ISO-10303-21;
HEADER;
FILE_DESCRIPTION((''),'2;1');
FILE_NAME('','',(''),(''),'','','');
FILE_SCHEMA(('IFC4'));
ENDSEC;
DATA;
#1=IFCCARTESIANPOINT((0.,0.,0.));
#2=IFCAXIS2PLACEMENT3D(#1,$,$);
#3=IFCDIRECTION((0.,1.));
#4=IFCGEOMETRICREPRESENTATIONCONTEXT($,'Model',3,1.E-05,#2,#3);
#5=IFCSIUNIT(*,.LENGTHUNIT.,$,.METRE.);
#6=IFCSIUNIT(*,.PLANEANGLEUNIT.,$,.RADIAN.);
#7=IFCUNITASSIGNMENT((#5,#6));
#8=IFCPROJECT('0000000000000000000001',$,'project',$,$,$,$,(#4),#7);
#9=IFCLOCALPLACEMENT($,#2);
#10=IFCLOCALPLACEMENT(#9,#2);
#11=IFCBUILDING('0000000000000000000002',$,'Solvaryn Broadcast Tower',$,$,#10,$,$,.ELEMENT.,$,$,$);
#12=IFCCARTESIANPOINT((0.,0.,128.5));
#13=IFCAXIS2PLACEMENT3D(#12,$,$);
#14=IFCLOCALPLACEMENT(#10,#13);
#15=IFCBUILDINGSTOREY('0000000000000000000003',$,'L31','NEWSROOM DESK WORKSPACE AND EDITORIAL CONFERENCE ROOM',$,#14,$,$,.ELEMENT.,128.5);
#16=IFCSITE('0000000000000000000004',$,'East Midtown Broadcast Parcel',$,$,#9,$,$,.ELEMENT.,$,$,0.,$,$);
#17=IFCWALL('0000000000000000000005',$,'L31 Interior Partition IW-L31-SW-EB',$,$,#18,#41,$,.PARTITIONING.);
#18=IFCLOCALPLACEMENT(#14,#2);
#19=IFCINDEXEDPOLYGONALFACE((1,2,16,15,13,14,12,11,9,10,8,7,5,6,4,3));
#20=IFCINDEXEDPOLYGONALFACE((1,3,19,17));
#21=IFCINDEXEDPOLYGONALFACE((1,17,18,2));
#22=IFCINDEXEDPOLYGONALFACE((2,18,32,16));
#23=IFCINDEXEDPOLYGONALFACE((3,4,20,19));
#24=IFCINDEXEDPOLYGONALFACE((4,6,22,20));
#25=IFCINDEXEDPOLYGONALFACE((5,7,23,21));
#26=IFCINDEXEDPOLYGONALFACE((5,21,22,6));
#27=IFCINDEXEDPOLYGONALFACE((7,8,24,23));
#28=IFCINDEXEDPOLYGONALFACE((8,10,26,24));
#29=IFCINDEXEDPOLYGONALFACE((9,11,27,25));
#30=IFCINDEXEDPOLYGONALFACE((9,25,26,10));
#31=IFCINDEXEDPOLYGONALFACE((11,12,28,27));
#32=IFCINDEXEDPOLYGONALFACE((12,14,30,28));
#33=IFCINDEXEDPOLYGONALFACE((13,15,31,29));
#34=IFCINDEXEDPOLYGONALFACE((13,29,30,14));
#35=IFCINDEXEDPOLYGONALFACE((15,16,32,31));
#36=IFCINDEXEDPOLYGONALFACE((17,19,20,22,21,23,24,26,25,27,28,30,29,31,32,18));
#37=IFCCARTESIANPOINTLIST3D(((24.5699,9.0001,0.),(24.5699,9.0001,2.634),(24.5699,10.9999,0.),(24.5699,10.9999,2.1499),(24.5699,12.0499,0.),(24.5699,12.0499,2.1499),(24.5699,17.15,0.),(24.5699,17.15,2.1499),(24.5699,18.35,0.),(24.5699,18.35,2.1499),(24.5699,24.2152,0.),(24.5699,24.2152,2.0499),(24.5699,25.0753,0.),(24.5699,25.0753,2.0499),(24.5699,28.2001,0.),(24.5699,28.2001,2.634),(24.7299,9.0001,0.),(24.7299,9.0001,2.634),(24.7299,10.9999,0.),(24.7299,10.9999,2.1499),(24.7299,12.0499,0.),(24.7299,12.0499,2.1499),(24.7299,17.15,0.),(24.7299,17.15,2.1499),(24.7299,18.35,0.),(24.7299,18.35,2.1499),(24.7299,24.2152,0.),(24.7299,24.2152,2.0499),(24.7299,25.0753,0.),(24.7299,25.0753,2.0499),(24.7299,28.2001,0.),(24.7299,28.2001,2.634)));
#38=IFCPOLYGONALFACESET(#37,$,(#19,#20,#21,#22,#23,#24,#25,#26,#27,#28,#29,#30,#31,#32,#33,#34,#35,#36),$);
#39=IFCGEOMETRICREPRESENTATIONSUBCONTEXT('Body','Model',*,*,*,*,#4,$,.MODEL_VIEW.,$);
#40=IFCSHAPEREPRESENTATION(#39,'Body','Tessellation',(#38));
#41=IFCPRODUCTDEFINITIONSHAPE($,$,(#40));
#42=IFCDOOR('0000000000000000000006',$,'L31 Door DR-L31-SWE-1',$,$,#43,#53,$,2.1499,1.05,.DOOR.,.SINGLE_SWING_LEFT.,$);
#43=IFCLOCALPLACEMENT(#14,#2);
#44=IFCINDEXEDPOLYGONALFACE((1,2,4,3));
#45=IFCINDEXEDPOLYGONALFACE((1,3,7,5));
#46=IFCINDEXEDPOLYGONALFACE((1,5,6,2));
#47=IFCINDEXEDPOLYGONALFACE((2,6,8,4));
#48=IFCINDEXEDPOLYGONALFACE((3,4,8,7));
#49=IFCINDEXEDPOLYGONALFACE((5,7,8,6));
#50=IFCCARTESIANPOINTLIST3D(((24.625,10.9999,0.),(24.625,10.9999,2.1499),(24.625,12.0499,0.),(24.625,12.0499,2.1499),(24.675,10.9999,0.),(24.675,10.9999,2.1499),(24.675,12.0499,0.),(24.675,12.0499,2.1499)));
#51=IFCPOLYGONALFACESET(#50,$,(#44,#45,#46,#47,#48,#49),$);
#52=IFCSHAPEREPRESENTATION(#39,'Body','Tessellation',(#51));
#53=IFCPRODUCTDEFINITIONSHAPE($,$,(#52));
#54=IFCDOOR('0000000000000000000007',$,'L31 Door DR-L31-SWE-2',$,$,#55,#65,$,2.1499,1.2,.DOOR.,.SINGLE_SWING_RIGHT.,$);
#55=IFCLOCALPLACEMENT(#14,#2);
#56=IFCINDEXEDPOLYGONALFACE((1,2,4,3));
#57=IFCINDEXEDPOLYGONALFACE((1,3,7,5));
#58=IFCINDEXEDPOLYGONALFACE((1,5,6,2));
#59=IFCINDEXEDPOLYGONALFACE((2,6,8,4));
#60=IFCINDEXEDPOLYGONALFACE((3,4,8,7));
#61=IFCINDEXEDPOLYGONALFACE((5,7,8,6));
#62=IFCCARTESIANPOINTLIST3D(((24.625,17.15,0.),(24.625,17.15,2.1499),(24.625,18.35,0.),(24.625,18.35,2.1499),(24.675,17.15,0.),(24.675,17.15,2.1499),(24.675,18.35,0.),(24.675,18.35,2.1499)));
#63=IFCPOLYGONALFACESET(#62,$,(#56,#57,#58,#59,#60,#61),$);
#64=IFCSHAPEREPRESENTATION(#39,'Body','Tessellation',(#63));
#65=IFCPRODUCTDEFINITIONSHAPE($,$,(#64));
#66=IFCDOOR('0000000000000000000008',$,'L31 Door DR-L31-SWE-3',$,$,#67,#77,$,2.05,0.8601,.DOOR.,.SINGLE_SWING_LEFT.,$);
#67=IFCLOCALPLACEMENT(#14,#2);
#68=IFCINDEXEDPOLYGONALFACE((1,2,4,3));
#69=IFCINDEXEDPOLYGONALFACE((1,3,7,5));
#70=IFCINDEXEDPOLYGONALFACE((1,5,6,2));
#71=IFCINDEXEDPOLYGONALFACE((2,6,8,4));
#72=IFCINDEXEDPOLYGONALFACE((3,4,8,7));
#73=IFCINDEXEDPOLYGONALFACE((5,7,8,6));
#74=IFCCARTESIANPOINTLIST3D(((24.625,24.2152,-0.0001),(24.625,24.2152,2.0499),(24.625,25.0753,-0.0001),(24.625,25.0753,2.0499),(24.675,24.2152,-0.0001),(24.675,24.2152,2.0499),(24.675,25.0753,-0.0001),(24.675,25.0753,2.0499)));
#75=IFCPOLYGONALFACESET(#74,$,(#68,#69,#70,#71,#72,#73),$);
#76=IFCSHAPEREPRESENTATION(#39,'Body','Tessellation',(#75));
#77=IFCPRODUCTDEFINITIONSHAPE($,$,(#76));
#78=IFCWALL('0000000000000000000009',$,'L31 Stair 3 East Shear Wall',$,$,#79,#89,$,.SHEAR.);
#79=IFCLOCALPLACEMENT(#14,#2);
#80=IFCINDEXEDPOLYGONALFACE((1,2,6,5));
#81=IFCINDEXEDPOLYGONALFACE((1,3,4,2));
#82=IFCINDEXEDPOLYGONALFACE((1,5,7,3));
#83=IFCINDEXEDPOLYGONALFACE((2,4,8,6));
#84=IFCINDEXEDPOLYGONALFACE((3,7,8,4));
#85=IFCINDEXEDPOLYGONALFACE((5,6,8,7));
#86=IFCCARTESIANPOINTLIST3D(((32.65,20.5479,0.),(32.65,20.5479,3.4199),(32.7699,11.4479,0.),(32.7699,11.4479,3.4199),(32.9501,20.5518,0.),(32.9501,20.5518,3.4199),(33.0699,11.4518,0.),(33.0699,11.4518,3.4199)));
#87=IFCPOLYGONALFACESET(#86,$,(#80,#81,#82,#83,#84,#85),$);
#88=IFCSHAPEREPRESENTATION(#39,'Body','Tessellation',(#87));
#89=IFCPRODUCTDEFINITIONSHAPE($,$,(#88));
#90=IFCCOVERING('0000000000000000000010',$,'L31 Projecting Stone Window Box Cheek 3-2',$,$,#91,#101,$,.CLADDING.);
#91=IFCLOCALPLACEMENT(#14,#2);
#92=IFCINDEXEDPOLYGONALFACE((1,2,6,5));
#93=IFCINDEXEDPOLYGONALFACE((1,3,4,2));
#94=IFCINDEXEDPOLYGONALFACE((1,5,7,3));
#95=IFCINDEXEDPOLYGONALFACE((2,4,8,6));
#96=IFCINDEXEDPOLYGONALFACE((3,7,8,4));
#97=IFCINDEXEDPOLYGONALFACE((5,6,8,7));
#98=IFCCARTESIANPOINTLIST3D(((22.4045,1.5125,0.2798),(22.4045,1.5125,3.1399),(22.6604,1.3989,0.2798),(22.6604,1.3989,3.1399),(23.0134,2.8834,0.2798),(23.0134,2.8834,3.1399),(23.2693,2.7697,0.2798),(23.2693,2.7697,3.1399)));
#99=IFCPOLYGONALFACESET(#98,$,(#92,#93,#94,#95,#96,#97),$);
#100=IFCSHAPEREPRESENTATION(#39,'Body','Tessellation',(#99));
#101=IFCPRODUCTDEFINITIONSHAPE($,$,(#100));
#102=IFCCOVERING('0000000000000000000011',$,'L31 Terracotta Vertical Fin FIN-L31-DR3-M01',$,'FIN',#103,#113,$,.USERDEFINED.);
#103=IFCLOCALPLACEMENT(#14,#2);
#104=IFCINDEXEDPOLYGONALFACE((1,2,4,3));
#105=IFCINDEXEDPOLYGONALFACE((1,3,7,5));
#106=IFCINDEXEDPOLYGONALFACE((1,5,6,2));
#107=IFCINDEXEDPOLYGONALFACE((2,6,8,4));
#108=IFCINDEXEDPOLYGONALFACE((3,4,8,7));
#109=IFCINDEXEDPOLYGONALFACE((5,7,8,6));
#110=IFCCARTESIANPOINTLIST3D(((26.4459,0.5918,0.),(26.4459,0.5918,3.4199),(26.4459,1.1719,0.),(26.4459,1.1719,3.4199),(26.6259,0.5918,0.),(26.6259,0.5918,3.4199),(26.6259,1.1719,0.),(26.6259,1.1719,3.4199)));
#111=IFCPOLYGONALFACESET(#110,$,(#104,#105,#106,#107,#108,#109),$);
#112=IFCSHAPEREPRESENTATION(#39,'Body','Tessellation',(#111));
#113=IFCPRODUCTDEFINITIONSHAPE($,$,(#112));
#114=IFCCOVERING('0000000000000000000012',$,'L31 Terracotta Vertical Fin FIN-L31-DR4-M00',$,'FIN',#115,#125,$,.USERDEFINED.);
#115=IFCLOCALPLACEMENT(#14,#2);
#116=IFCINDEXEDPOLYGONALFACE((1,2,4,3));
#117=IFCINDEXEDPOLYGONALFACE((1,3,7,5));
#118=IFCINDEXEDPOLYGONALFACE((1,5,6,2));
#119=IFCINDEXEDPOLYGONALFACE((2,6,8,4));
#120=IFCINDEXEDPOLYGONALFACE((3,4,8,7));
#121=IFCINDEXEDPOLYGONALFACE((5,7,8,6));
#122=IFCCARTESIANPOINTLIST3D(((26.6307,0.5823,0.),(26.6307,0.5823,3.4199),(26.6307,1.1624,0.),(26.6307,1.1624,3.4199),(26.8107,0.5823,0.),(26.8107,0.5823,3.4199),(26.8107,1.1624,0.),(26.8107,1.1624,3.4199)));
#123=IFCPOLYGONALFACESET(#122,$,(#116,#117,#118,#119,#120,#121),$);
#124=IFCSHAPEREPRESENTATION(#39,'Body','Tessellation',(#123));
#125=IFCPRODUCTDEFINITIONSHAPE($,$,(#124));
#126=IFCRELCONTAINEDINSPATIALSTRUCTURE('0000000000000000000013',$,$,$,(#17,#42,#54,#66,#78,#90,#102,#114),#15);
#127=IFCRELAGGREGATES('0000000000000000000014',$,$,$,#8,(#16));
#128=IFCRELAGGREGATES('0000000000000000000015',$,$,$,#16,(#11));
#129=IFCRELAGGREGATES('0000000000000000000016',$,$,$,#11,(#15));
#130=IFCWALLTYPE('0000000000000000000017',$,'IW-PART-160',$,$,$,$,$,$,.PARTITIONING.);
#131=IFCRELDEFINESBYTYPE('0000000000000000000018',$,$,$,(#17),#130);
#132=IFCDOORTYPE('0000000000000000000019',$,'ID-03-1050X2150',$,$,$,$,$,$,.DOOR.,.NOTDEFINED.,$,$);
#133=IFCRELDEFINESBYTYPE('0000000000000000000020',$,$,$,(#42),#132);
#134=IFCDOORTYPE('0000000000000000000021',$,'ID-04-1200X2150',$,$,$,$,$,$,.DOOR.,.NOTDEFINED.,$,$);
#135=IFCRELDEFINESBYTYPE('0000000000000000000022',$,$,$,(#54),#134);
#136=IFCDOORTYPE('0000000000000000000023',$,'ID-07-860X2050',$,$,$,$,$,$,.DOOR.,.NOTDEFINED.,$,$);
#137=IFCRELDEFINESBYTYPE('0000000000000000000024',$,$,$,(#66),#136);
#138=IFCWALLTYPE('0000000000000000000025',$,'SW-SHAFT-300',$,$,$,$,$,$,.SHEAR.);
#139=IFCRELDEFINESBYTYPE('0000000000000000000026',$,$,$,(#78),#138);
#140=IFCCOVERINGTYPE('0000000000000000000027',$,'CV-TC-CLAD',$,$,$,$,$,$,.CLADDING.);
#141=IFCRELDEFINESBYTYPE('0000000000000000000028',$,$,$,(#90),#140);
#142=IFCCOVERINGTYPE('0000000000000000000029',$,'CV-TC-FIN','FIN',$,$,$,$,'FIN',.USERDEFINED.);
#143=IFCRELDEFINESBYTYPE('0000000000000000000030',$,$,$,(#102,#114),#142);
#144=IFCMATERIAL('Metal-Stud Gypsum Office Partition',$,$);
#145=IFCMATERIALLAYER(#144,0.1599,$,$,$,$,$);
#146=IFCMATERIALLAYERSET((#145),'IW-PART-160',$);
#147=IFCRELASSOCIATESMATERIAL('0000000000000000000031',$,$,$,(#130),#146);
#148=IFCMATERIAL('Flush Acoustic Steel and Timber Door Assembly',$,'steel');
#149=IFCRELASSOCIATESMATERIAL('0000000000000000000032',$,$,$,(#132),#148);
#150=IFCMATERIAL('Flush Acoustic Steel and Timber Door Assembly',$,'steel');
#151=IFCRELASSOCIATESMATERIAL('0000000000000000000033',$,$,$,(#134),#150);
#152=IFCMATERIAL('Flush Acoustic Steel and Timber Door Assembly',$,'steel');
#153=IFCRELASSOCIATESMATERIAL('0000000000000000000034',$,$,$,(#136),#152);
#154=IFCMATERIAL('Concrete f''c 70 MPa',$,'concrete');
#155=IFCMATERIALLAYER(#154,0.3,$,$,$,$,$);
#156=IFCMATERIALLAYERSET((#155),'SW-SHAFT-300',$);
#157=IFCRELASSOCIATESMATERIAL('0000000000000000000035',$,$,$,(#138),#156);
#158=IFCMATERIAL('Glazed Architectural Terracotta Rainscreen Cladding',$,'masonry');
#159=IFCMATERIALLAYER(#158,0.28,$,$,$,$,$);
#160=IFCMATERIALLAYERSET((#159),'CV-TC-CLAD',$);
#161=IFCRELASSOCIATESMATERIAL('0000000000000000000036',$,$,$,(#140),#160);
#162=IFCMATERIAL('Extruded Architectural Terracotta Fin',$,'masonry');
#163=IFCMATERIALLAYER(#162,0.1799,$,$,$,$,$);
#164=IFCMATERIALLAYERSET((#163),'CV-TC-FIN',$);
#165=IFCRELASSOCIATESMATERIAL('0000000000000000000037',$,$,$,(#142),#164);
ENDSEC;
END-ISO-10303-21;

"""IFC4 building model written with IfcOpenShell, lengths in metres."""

from ifc_helpers import new_model, si_unit, direction, frame, frame_2d, origin, origin_2d, place, context, subcontext, project, spatial, rectangle, extrude, material, layer, layer_set, type_object, element, fill, save


model = new_model("IFC4")

# Units and contexts
model_context = context("Model", 3, precision=1e-05, world=origin(), true_north=direction((0.0, 1.0)))
body_context = subcontext(model_context, "Body", "Model", "MODEL_VIEW")
ifc_project = project(units=[si_unit("LENGTHUNIT", "METRE"), si_unit("PLANEANGLEUNIT", "RADIAN")], contexts=[model_context])

# Site, building, storey
site_placement = place(None, origin())
site = spatial("IfcSite", under=ifc_project, at=site_placement, Name="East Midtown Broadcast Parcel", CompositionType="ELEMENT", RefElevation=0.0)
building_placement = place(site_placement, origin())
building = spatial("IfcBuilding", under=site, at=building_placement, Name="Solvaryn Broadcast Tower", CompositionType="ELEMENT")
storey_placement = place(building_placement, frame((0.0, 0.0, 128.5)))
storey = spatial("IfcBuildingStorey", under=building, at=storey_placement, Name="L31", Description="NEWSROOM DESK WORKSPACE AND EDITORIAL CONFERENCE ROOM", CompositionType="ELEMENT", Elevation=128.5)

# Wall, openings, doors
ifc_material_1 = material(Name="Metal-Stud Gypsum Office Partition")
ifc_layer_1 = layer(ifc_material_1, 0.1599)
ifc_layer_set_1 = layer_set([ifc_layer_1], Name="IW-PART-160")
wall_type_1 = type_object("IfcWallType", Name="IW-PART-160", PredefinedType="PARTITIONING", material=ifc_layer_set_1)
wall_1_placement = place(storey_placement, frame((24.6499, 9.0, 0.0), z_axis=(0.0, 0.0, 1.0), x_axis=(0.0, 1.0, 0.0)))
wall_1 = element("IfcWall", 1, at=wall_1_placement, inside=storey, type_object=wall_type_1, Name="L31 Interior Partition IW-L31-SW-EB", PredefinedType="PARTITIONING", context=body_context, shape_type="SweptSolid", body=[
    extrude(rectangle(XDim=19.2, YDim=0.1599, at=frame_2d((9.6001, 0.0))), origin(), (0.0, 0.0, 1.0), 2.634),
])
opening_1_placement = place(wall_1_placement, frame((2.0, 0.0, 0.0)))
opening_1 = element("IfcOpeningElement", 2, at=opening_1_placement, cuts=wall_1, PredefinedType="OPENING", context=body_context, shape_type="SweptSolid", body=[
    extrude(rectangle(XDim=1.05, YDim=2.1499, at=frame_2d((0.5249, 1.075))), frame((0.0, 0.0901, 0.0), z_axis=(0.0, -1.0, 0.0), x_axis=(1.0, 0.0, 0.0)), (0.0, 0.0, 1.0), 0.1799),
])
opening_2_placement = place(wall_1_placement, frame((8.1499, 0.0, 0.0)))
opening_2 = element("IfcOpeningElement", 3, at=opening_2_placement, cuts=wall_1, PredefinedType="OPENING", context=body_context, shape_type="SweptSolid", body=[
    extrude(rectangle(XDim=1.2, YDim=2.1499, at=frame_2d((0.6001, 1.075))), frame((0.0, 0.0901, 0.0), z_axis=(0.0, -1.0, 0.0), x_axis=(1.0, 0.0, 0.0)), (0.0, 0.0, 1.0), 0.1799),
])
opening_3_placement = place(wall_1_placement, frame((15.2151, 0.0, 0.0)))
opening_3 = element("IfcOpeningElement", 4, at=opening_3_placement, cuts=wall_1, PredefinedType="OPENING", context=body_context, shape_type="SweptSolid", body=[
    extrude(rectangle(XDim=0.8601, YDim=2.05, at=frame_2d((0.4302, 1.0249))), frame((0.0, 0.0901, 0.0), z_axis=(0.0, -1.0, 0.0), x_axis=(1.0, 0.0, 0.0)), (0.0, 0.0, 1.0), 0.1799),
])
ifc_material_2 = material(Name="Flush Acoustic Steel and Timber Door Assembly", Category="steel")
door_type_1 = type_object("IfcDoorType", Name="ID-03-1050X2150", OperationType="NOTDEFINED", PredefinedType="DOOR", material=ifc_material_2)
door_1_placement = place(opening_1_placement, origin())
door_1 = element("IfcDoor", 5, at=door_1_placement, inside=storey, type_object=door_type_1, Name="L31 Door DR-L31-SWE-1", OperationType="SINGLE_SWING_LEFT", OverallHeight=2.1499, OverallWidth=1.05, PredefinedType="DOOR", context=body_context, shape_type="SweptSolid", body=[
    extrude(rectangle(XDim=1.05, YDim=2.1499, at=frame_2d((0.5249, 1.075))), frame((0.0, 0.0249, 0.0), z_axis=(0.0, -1.0, 0.0), x_axis=(1.0, 0.0, 0.0)), (0.0, 0.0, 1.0), 0.05),
])
fill(opening_1, door_1)
ifc_material_3 = material(Name="Flush Acoustic Steel and Timber Door Assembly", Category="steel")
door_type_2 = type_object("IfcDoorType", Name="ID-04-1200X2150", OperationType="NOTDEFINED", PredefinedType="DOOR", material=ifc_material_3)
door_2_placement = place(opening_2_placement, origin())
door_2 = element("IfcDoor", 6, at=door_2_placement, inside=storey, type_object=door_type_2, Name="L31 Door DR-L31-SWE-2", OperationType="SINGLE_SWING_RIGHT", OverallHeight=2.1499, OverallWidth=1.2, PredefinedType="DOOR", context=body_context, shape_type="SweptSolid", body=[
    extrude(rectangle(XDim=1.2, YDim=2.1499, at=frame_2d((0.6001, 1.075))), frame((0.0, 0.0249, 0.0), z_axis=(0.0, -1.0, 0.0), x_axis=(1.0, 0.0, 0.0)), (0.0, 0.0, 1.0), 0.05),
])
fill(opening_2, door_2)
ifc_material_4 = material(Name="Flush Acoustic Steel and Timber Door Assembly", Category="steel")
door_type_3 = type_object("IfcDoorType", Name="ID-07-860X2050", OperationType="NOTDEFINED", PredefinedType="DOOR", material=ifc_material_4)
door_3_placement = place(opening_3_placement, origin())
door_3 = element("IfcDoor", 7, at=door_3_placement, inside=storey, type_object=door_type_3, Name="L31 Door DR-L31-SWE-3", OperationType="SINGLE_SWING_LEFT", OverallHeight=2.05, OverallWidth=0.8601, PredefinedType="DOOR", context=body_context, shape_type="SweptSolid", body=[
    extrude(rectangle(XDim=0.8601, YDim=2.05, at=frame_2d((0.4302, 1.0249))), frame((0.0, 0.0249, 0.0), z_axis=(0.0, -1.0, 0.0), x_axis=(1.0, 0.0, 0.0)), (0.0, 0.0, 1.0), 0.05),
])
fill(opening_3, door_3)

# Wall
ifc_material_5 = material(Name="Concrete f'c 70 MPa", Category="concrete")
ifc_layer_2 = layer(ifc_material_5, 0.3)
ifc_layer_set_2 = layer_set([ifc_layer_2], Name="SW-SHAFT-300")
wall_type_2 = type_object("IfcWallType", Name="SW-SHAFT-300", PredefinedType="SHEAR", material=ifc_layer_set_2)
wall_2_placement = place(storey_placement, frame((32.9199, 11.45, 0.0), z_axis=(0.0, 0.0, 1.0), x_axis=(-0.013172, 0.999913, 0.0)))
element("IfcWall", 8, at=wall_2_placement, inside=storey, type_object=wall_type_2, Name="L31 Stair 3 East Shear Wall", PredefinedType="SHEAR", context=body_context, shape_type="SweptSolid", body=[
    extrude(rectangle(XDim=9.1008, YDim=0.3, at=frame_2d((4.5503, 0.0))), origin(), (0.0, 0.0, 1.0), 3.4199),
])

# Coverings
ifc_material_6 = material(Name="Glazed Architectural Terracotta Rainscreen Cladding", Category="masonry")
ifc_layer_3 = layer(ifc_material_6, 0.28)
ifc_layer_set_3 = layer_set([ifc_layer_3], Name="CV-TC-CLAD")
covering_type_1 = type_object("IfcCoveringType", Name="CV-TC-CLAD", PredefinedType="CLADDING", material=ifc_layer_set_3)
covering_placement = place(storey_placement, frame((22.8369, 2.1411, 0.2798), z_axis=(0.0, 0.0, 1.0), x_axis=(0.9139, -0.405939, 0.0)))
element("IfcCovering", 9, at=covering_placement, inside=storey, type_object=covering_type_1, Name="L31 Projecting Stone Window Box Cheek 3-2", PredefinedType="CLADDING", context=body_context, shape_type="SweptSolid", body=[
    extrude(rectangle(XDim=0.28, YDim=1.5, at=origin_2d()), origin(), (0.0, 0.0, 1.0), 2.8601),
])
ifc_material_7 = material(Name="Extruded Architectural Terracotta Fin", Category="masonry")
ifc_layer_4 = layer(ifc_material_7, 0.1799)
ifc_layer_set_4 = layer_set([ifc_layer_4], Name="CV-TC-FIN")
covering_type_2 = type_object("IfcCoveringType", Name="CV-TC-FIN", Description="FIN", ElementType="FIN", PredefinedType="USERDEFINED", material=ifc_layer_set_4)
for number, where, z_axis, x_axis, name in (
    (10, (26.5359, 0.8818, 0.0), (0.0, 0.0, 1.0), (1.0, 0.0, 0.0), "L31 Terracotta Vertical Fin FIN-L31-DR3-M01"),
    (11, (26.7207, 0.8723, 0.0), (0.0, 0.0, 1.0), (1.0, 0.0, 0.0), "L31 Terracotta Vertical Fin FIN-L31-DR4-M00"),
):
    element("IfcCovering", number, at=place(storey_placement, frame(where, z_axis=z_axis, x_axis=x_axis)), inside=storey, type_object=covering_type_2, Name=name, ObjectType="FIN", PredefinedType="USERDEFINED", context=body_context, shape_type="SweptSolid", body=[
        extrude(rectangle(XDim=0.1799, YDim=0.5801, at=origin_2d()), origin(), (0.0, 0.0, 1.0), 3.4199),
    ])

save(model, "model.ifc")
